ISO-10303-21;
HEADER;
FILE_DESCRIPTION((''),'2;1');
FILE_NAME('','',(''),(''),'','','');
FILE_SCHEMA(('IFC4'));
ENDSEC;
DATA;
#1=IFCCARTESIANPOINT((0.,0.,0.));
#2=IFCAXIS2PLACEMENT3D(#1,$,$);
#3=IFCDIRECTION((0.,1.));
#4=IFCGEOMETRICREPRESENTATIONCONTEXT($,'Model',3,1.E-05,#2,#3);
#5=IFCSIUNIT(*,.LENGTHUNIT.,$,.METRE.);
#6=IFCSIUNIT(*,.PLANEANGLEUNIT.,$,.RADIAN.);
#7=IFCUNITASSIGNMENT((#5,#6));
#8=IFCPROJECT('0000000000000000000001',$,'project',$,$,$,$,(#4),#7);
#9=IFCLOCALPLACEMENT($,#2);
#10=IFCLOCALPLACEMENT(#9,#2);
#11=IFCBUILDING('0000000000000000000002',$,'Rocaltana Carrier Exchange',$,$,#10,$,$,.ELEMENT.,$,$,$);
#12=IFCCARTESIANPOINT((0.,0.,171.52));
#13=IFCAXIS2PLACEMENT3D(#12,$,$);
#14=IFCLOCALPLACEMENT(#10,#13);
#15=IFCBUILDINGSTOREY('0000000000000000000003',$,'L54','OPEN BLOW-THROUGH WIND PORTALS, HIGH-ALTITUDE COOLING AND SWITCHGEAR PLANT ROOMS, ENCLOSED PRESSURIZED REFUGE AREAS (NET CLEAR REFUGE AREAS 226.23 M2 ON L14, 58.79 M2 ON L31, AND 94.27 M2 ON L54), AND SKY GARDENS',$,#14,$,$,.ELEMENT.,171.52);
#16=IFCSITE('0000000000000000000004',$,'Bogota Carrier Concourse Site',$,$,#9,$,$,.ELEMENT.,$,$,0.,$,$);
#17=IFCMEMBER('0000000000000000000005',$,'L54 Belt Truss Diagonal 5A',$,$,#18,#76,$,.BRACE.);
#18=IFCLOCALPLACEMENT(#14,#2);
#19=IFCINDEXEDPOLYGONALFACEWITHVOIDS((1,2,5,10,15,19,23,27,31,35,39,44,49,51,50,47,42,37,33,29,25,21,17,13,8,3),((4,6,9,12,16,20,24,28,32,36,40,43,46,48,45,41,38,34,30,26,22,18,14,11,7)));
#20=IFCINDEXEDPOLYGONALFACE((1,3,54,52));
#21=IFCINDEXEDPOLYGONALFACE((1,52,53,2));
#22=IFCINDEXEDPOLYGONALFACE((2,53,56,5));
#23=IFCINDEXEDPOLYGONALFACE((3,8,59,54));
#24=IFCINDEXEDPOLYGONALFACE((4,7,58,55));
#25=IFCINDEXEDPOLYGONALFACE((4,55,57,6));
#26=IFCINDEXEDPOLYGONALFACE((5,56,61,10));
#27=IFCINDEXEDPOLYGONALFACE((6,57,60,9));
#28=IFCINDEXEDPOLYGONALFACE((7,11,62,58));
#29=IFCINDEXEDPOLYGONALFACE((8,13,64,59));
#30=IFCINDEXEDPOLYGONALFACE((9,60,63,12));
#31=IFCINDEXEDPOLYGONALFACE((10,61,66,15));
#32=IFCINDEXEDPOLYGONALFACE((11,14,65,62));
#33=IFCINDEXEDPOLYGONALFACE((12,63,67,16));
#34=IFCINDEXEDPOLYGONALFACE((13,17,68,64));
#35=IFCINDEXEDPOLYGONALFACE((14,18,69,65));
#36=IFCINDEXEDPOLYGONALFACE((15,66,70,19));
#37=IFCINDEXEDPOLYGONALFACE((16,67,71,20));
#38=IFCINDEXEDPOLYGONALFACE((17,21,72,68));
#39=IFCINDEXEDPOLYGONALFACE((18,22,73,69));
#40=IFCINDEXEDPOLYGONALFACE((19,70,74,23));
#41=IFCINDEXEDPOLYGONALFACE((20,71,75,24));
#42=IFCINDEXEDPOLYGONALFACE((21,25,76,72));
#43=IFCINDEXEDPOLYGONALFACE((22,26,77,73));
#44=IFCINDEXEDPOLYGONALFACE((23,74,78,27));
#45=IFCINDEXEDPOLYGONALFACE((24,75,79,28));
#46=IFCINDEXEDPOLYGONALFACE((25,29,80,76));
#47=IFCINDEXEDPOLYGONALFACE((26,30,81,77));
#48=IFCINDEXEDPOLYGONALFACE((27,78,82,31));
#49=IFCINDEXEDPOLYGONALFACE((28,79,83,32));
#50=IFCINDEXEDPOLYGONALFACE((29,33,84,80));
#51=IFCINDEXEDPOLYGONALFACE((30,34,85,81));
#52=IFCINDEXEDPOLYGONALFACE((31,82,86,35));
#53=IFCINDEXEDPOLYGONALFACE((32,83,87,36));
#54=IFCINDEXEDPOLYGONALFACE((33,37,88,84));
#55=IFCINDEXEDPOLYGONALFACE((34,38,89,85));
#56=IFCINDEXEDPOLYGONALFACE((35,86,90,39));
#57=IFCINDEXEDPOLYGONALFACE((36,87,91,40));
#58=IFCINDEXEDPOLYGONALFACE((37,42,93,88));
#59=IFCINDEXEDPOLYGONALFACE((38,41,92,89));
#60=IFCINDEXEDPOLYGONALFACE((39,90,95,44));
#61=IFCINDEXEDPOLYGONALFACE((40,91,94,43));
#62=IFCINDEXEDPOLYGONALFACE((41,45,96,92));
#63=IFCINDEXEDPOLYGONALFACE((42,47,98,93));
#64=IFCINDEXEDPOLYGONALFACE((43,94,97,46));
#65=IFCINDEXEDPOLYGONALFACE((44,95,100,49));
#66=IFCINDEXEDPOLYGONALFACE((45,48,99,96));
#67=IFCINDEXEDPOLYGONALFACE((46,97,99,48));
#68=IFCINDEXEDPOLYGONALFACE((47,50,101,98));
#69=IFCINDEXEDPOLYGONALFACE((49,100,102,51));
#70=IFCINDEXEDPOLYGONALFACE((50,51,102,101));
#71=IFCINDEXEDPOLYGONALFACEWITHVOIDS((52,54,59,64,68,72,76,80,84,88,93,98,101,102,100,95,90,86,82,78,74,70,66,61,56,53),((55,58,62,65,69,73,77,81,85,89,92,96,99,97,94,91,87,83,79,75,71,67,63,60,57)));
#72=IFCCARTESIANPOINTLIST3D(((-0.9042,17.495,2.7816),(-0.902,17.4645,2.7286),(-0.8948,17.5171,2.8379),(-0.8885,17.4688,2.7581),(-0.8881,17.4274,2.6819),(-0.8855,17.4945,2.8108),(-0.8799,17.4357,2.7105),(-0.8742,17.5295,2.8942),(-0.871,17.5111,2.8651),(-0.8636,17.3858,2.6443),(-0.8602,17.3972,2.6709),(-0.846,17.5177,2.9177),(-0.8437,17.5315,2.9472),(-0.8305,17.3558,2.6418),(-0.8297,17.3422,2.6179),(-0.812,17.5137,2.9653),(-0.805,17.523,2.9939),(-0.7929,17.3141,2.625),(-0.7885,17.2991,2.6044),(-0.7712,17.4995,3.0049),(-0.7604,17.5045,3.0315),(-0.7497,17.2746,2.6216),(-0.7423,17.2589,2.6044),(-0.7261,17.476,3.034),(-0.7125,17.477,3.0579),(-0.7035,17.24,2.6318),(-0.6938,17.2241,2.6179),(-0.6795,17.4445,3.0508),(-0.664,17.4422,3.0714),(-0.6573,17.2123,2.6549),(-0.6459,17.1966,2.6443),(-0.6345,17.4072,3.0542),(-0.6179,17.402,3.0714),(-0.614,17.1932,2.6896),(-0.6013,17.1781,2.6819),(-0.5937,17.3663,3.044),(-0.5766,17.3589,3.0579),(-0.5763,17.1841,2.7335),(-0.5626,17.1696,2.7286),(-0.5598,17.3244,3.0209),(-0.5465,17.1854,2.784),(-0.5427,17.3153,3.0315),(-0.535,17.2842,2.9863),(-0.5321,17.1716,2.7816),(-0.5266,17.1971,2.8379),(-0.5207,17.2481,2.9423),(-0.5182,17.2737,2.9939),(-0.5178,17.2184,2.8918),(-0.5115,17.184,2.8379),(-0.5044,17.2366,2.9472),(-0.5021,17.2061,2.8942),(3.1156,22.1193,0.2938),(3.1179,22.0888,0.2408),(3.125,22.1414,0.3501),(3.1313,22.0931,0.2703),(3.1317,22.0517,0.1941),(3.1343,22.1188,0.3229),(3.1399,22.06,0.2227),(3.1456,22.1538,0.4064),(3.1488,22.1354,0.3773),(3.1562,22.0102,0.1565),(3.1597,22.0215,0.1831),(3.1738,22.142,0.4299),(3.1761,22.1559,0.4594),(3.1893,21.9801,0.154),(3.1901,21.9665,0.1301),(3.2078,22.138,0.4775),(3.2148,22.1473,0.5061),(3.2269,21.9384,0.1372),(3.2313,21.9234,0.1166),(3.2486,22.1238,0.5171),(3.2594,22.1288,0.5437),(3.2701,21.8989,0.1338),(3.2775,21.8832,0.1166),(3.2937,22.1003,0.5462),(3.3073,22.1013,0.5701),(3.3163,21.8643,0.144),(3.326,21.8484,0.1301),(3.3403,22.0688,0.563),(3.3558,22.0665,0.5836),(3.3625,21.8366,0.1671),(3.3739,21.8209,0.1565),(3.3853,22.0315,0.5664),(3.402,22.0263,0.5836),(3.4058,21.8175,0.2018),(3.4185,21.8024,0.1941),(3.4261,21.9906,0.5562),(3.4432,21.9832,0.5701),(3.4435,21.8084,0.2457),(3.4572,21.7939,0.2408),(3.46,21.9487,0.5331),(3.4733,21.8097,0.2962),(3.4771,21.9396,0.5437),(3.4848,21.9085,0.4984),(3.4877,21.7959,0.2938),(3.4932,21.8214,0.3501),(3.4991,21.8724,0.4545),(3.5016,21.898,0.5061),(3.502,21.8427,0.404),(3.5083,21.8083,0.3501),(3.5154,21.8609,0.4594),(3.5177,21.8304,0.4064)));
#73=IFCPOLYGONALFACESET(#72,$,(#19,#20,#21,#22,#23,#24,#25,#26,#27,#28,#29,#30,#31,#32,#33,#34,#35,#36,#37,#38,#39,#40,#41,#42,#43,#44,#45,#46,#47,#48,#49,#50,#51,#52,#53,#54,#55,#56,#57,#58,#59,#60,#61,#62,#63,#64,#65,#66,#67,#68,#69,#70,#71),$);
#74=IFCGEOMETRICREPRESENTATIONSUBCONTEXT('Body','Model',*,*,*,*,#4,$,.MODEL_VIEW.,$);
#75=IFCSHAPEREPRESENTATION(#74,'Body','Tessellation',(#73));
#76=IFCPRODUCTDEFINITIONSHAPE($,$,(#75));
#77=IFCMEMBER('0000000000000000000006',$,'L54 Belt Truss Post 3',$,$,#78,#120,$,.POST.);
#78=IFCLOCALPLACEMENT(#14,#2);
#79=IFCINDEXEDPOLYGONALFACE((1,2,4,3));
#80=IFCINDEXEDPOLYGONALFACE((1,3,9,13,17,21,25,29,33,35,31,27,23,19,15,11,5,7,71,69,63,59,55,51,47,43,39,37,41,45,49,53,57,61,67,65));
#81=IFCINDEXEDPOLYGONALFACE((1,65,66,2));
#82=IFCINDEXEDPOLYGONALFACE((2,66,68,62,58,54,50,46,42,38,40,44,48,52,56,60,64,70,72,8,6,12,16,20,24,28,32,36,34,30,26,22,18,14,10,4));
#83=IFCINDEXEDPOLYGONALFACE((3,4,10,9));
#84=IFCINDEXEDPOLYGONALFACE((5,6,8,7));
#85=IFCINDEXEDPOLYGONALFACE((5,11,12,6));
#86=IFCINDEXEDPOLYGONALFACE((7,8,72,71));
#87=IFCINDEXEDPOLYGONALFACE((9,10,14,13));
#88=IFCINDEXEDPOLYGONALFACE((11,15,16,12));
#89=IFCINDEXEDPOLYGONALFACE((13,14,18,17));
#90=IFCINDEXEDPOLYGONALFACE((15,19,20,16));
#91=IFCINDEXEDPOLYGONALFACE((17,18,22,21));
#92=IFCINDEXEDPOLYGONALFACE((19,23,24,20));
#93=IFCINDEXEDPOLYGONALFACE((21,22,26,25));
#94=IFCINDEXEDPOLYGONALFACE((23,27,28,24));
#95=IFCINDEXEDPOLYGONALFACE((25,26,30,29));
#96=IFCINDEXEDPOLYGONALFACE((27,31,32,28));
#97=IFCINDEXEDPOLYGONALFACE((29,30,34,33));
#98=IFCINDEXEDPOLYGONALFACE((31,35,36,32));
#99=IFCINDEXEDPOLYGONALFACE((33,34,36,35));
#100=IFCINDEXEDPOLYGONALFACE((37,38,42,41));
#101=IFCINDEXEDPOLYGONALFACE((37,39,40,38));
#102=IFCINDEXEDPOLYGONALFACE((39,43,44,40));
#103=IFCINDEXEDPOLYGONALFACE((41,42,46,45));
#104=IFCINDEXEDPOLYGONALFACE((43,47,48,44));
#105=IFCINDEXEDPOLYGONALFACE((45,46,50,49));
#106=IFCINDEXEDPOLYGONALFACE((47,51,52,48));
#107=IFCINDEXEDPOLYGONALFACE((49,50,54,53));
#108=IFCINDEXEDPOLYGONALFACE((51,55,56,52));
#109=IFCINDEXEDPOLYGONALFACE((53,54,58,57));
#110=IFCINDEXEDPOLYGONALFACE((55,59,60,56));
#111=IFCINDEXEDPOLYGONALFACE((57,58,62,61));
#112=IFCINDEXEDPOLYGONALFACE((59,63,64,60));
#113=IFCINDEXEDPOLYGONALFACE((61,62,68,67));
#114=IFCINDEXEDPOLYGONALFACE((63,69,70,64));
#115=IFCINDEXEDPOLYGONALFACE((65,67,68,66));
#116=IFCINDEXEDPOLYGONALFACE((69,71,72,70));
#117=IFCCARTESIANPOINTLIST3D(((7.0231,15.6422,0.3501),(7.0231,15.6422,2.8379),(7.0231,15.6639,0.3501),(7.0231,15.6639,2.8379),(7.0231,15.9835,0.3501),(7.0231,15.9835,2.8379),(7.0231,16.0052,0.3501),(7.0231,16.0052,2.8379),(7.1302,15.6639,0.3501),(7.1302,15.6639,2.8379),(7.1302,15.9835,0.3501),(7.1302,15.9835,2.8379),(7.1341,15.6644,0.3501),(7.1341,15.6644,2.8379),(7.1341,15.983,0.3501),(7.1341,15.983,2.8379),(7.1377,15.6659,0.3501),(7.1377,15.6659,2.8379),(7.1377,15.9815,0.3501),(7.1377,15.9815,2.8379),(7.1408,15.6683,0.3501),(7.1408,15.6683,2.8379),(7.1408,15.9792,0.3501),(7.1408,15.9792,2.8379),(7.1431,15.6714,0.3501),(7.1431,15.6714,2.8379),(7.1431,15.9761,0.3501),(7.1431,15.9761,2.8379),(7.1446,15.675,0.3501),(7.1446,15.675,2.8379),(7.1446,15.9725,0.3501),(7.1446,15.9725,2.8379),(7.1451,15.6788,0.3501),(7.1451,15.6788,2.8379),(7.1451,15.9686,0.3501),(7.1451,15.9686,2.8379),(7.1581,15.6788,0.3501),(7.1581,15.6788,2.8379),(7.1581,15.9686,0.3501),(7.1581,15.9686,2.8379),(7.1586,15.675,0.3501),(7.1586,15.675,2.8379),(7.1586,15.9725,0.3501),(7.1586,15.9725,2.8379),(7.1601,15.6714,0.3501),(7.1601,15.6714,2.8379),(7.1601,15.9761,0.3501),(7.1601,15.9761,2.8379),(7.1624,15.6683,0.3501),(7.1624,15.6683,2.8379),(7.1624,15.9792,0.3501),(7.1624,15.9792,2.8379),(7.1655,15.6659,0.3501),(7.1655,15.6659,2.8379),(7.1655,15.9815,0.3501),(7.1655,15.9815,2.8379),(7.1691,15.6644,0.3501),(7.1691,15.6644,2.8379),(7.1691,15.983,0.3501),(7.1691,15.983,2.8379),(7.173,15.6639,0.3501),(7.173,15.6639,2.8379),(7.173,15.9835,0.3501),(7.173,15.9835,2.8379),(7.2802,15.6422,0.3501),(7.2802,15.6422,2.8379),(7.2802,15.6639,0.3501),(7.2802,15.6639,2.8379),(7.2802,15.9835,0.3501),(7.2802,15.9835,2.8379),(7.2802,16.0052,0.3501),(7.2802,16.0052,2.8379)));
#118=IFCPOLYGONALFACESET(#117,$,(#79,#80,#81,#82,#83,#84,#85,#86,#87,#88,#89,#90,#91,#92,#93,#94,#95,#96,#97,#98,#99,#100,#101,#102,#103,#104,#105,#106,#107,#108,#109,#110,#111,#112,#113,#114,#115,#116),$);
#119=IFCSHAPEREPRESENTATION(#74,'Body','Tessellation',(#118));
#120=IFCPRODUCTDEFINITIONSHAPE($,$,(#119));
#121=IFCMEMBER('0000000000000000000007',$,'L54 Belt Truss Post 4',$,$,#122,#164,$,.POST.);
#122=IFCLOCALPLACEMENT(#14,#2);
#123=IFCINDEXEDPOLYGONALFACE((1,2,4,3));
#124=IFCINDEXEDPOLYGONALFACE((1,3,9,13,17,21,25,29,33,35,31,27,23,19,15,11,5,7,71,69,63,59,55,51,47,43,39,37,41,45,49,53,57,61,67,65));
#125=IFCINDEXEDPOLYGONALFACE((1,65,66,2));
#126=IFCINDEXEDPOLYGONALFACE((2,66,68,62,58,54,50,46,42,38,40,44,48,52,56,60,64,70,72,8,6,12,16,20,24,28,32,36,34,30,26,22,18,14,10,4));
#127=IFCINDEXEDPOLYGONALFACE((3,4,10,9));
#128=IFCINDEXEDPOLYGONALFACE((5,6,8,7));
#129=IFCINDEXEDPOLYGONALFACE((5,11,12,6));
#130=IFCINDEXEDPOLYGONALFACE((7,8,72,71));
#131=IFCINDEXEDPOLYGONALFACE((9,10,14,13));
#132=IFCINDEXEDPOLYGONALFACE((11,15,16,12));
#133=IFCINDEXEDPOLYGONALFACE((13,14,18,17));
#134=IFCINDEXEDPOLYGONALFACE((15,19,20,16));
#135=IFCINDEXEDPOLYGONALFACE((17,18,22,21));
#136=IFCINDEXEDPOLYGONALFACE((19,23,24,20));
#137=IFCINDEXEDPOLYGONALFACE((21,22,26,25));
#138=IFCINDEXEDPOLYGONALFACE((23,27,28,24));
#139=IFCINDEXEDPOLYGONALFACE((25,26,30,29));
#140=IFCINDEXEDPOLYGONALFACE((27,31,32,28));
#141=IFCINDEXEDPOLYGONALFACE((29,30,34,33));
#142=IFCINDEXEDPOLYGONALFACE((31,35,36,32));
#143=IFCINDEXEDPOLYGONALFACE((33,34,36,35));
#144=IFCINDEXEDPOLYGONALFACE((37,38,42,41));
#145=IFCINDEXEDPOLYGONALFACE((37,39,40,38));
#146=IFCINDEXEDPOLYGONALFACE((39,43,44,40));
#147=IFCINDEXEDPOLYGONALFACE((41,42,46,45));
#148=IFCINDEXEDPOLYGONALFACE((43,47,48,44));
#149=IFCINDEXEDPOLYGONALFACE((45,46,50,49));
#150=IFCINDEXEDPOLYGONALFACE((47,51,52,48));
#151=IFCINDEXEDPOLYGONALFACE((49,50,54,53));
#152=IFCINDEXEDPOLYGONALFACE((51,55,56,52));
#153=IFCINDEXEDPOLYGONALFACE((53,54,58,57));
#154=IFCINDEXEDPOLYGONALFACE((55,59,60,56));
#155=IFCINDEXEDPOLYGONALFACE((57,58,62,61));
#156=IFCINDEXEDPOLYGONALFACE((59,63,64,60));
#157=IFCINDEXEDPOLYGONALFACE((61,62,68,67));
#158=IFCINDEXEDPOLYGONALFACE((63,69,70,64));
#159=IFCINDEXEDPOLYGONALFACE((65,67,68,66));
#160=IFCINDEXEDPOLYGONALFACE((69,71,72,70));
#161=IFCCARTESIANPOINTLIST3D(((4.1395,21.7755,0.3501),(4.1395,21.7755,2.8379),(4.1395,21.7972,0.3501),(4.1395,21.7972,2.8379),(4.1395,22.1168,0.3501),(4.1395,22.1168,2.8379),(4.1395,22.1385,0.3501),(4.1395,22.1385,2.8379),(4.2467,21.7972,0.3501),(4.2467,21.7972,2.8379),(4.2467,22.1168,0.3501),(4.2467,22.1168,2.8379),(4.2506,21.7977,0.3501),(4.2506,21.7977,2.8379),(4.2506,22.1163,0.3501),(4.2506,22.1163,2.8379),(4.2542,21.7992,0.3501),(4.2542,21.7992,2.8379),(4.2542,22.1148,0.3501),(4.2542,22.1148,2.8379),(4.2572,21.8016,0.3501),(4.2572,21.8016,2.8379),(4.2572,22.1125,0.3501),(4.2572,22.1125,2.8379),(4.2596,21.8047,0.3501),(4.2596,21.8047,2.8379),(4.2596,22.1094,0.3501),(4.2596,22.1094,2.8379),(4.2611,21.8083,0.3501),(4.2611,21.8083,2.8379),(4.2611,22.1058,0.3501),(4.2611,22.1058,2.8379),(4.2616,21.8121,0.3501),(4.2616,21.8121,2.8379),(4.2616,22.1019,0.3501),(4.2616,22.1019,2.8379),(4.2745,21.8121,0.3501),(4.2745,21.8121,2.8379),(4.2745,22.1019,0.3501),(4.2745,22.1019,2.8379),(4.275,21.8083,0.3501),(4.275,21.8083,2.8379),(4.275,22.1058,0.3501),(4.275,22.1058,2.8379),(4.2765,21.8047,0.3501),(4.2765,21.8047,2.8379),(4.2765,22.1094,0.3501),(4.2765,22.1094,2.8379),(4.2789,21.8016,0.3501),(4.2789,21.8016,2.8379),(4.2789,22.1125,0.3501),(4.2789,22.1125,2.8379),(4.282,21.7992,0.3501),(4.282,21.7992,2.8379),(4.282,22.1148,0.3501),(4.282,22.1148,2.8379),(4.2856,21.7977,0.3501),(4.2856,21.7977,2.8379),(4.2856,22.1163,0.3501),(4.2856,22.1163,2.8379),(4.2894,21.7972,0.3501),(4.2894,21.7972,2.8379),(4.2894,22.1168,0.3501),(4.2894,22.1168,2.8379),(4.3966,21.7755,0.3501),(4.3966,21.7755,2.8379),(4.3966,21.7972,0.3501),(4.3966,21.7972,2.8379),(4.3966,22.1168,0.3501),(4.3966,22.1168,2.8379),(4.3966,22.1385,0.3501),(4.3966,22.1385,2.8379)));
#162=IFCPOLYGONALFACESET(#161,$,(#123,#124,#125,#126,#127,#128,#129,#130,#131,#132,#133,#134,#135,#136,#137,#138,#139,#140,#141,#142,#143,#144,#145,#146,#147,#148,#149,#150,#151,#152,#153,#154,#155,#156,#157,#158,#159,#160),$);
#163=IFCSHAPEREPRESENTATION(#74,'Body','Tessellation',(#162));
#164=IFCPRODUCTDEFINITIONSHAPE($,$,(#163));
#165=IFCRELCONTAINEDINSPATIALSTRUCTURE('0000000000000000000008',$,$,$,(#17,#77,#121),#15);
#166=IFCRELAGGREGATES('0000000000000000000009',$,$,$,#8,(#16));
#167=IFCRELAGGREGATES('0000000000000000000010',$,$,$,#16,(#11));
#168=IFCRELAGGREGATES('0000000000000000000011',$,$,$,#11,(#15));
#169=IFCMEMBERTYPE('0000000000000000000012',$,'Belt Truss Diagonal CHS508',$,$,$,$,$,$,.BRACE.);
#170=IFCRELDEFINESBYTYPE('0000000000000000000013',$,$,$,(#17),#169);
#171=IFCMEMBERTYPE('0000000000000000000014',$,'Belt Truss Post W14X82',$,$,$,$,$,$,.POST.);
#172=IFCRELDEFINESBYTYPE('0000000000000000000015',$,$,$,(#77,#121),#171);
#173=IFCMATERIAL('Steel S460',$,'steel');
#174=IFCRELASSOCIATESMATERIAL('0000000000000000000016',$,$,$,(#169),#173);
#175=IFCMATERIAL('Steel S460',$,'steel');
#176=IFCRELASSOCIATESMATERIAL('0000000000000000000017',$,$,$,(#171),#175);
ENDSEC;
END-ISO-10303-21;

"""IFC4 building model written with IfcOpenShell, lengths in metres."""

from ifc_helpers import new_model, si_unit, direction, frame, origin, origin_2d, place, context, subcontext, project, spatial, hollow_circle, i_section, extrude, material, material_profile, profile_set, type_object, element, save


model = new_model("IFC4")

# Units and contexts
model_context = context("Model", 3, precision=1e-05, world=origin(), true_north=direction((0.0, 1.0)))
body_context = subcontext(model_context, "Body", "Model", "MODEL_VIEW")
ifc_project = project(units=[si_unit("LENGTHUNIT", "METRE"), si_unit("PLANEANGLEUNIT", "RADIAN")], contexts=[model_context])

# Site, building, storey
site_placement = place(None, origin())
site = spatial("IfcSite", under=ifc_project, at=site_placement, Name="Bogota Carrier Concourse Site", CompositionType="ELEMENT", RefElevation=0.0)
building_placement = place(site_placement, origin())
building = spatial("IfcBuilding", under=site, at=building_placement, Name="Rocaltana Carrier Exchange", CompositionType="ELEMENT")
storey_placement = place(building_placement, frame((0.0, 0.0, 171.52)))
storey = spatial("IfcBuildingStorey", under=building, at=storey_placement, Name="L54", Description="OPEN BLOW-THROUGH WIND PORTALS, HIGH-ALTITUDE COOLING AND SWITCHGEAR PLANT ROOMS, ENCLOSED PRESSURIZED REFUGE AREAS (NET CLEAR REFUGE AREAS 226.23 M2 ON L14, 58.79 M2 ON L31, AND 94.27 M2 ON L54), AND SKY GARDENS", CompositionType="ELEMENT", Elevation=171.52)

# Members
ifc_material_1 = material(Name="Steel S460", Category="steel")
ifc_material_profile_1 = material_profile(ifc_material_1, hollow_circle(Radius=0.2539, WallThickness=0.02, at=origin_2d()), Name="CHS508X20")
ifc_profile_set_1 = profile_set([ifc_material_profile_1], Name="Steel S460")
member_type_1 = type_object("IfcMemberType", Name="Belt Truss Diagonal CHS508", PredefinedType="BRACE", material=ifc_profile_set_1)
member_1_placement = place(storey_placement, frame((3.3167, 21.9749, 0.3501), z_axis=(-0.607861, -0.699271, 0.376198), x_axis=(0.754713, -0.656055, 0.0)))
element("IfcMember", 1, at=member_1_placement, inside=storey, type_object=member_type_1, Name="L54 Belt Truss Diagonal 5A", PredefinedType="BRACE", context=body_context, shape_type="SweptSolid", body=[
    extrude(hollow_circle(Radius=0.2539, WallThickness=0.02, at=origin_2d()), origin(), (0.0, 0.0, 1.0), 6.613),
])
ifc_material_2 = material(Name="Steel S460", Category="steel")
ifc_material_profile_2 = material_profile(ifc_material_2, i_section(OverallWidth=0.2571, OverallDepth=0.363, WebThickness=0.0129, FlangeThickness=0.0217, FilletRadius=0.0149, at=origin_2d()), Name="W14X82")
ifc_profile_set_2 = profile_set([ifc_material_profile_2], Name="Steel S460")
member_type_2 = type_object("IfcMemberType", Name="Belt Truss Post W14X82", PredefinedType="POST", material=ifc_profile_set_2)
for number, where, z_axis, x_axis, name in (
    (2, (7.1516, 15.8237, 0.3501), (0.0, 0.0, 1.0), (1.0, 0.0, 0.0), "L54 Belt Truss Post 3"),
    (3, (4.2681, 21.957, 0.3501), (0.0, 0.0, 1.0), (1.0, 0.0, 0.0), "L54 Belt Truss Post 4"),
):
    element("IfcMember", number, at=place(storey_placement, frame(where, z_axis=z_axis, x_axis=x_axis)), inside=storey, type_object=member_type_2, Name=name, PredefinedType="POST", context=body_context, shape_type="SweptSolid", body=[
        extrude(i_section(OverallWidth=0.2571, OverallDepth=0.363, WebThickness=0.0129, FlangeThickness=0.0217, FilletRadius=0.0149, at=origin_2d()), origin(), (0.0, 0.0, 1.0), 2.4878),
    ])

save(model, "model.ifc")
